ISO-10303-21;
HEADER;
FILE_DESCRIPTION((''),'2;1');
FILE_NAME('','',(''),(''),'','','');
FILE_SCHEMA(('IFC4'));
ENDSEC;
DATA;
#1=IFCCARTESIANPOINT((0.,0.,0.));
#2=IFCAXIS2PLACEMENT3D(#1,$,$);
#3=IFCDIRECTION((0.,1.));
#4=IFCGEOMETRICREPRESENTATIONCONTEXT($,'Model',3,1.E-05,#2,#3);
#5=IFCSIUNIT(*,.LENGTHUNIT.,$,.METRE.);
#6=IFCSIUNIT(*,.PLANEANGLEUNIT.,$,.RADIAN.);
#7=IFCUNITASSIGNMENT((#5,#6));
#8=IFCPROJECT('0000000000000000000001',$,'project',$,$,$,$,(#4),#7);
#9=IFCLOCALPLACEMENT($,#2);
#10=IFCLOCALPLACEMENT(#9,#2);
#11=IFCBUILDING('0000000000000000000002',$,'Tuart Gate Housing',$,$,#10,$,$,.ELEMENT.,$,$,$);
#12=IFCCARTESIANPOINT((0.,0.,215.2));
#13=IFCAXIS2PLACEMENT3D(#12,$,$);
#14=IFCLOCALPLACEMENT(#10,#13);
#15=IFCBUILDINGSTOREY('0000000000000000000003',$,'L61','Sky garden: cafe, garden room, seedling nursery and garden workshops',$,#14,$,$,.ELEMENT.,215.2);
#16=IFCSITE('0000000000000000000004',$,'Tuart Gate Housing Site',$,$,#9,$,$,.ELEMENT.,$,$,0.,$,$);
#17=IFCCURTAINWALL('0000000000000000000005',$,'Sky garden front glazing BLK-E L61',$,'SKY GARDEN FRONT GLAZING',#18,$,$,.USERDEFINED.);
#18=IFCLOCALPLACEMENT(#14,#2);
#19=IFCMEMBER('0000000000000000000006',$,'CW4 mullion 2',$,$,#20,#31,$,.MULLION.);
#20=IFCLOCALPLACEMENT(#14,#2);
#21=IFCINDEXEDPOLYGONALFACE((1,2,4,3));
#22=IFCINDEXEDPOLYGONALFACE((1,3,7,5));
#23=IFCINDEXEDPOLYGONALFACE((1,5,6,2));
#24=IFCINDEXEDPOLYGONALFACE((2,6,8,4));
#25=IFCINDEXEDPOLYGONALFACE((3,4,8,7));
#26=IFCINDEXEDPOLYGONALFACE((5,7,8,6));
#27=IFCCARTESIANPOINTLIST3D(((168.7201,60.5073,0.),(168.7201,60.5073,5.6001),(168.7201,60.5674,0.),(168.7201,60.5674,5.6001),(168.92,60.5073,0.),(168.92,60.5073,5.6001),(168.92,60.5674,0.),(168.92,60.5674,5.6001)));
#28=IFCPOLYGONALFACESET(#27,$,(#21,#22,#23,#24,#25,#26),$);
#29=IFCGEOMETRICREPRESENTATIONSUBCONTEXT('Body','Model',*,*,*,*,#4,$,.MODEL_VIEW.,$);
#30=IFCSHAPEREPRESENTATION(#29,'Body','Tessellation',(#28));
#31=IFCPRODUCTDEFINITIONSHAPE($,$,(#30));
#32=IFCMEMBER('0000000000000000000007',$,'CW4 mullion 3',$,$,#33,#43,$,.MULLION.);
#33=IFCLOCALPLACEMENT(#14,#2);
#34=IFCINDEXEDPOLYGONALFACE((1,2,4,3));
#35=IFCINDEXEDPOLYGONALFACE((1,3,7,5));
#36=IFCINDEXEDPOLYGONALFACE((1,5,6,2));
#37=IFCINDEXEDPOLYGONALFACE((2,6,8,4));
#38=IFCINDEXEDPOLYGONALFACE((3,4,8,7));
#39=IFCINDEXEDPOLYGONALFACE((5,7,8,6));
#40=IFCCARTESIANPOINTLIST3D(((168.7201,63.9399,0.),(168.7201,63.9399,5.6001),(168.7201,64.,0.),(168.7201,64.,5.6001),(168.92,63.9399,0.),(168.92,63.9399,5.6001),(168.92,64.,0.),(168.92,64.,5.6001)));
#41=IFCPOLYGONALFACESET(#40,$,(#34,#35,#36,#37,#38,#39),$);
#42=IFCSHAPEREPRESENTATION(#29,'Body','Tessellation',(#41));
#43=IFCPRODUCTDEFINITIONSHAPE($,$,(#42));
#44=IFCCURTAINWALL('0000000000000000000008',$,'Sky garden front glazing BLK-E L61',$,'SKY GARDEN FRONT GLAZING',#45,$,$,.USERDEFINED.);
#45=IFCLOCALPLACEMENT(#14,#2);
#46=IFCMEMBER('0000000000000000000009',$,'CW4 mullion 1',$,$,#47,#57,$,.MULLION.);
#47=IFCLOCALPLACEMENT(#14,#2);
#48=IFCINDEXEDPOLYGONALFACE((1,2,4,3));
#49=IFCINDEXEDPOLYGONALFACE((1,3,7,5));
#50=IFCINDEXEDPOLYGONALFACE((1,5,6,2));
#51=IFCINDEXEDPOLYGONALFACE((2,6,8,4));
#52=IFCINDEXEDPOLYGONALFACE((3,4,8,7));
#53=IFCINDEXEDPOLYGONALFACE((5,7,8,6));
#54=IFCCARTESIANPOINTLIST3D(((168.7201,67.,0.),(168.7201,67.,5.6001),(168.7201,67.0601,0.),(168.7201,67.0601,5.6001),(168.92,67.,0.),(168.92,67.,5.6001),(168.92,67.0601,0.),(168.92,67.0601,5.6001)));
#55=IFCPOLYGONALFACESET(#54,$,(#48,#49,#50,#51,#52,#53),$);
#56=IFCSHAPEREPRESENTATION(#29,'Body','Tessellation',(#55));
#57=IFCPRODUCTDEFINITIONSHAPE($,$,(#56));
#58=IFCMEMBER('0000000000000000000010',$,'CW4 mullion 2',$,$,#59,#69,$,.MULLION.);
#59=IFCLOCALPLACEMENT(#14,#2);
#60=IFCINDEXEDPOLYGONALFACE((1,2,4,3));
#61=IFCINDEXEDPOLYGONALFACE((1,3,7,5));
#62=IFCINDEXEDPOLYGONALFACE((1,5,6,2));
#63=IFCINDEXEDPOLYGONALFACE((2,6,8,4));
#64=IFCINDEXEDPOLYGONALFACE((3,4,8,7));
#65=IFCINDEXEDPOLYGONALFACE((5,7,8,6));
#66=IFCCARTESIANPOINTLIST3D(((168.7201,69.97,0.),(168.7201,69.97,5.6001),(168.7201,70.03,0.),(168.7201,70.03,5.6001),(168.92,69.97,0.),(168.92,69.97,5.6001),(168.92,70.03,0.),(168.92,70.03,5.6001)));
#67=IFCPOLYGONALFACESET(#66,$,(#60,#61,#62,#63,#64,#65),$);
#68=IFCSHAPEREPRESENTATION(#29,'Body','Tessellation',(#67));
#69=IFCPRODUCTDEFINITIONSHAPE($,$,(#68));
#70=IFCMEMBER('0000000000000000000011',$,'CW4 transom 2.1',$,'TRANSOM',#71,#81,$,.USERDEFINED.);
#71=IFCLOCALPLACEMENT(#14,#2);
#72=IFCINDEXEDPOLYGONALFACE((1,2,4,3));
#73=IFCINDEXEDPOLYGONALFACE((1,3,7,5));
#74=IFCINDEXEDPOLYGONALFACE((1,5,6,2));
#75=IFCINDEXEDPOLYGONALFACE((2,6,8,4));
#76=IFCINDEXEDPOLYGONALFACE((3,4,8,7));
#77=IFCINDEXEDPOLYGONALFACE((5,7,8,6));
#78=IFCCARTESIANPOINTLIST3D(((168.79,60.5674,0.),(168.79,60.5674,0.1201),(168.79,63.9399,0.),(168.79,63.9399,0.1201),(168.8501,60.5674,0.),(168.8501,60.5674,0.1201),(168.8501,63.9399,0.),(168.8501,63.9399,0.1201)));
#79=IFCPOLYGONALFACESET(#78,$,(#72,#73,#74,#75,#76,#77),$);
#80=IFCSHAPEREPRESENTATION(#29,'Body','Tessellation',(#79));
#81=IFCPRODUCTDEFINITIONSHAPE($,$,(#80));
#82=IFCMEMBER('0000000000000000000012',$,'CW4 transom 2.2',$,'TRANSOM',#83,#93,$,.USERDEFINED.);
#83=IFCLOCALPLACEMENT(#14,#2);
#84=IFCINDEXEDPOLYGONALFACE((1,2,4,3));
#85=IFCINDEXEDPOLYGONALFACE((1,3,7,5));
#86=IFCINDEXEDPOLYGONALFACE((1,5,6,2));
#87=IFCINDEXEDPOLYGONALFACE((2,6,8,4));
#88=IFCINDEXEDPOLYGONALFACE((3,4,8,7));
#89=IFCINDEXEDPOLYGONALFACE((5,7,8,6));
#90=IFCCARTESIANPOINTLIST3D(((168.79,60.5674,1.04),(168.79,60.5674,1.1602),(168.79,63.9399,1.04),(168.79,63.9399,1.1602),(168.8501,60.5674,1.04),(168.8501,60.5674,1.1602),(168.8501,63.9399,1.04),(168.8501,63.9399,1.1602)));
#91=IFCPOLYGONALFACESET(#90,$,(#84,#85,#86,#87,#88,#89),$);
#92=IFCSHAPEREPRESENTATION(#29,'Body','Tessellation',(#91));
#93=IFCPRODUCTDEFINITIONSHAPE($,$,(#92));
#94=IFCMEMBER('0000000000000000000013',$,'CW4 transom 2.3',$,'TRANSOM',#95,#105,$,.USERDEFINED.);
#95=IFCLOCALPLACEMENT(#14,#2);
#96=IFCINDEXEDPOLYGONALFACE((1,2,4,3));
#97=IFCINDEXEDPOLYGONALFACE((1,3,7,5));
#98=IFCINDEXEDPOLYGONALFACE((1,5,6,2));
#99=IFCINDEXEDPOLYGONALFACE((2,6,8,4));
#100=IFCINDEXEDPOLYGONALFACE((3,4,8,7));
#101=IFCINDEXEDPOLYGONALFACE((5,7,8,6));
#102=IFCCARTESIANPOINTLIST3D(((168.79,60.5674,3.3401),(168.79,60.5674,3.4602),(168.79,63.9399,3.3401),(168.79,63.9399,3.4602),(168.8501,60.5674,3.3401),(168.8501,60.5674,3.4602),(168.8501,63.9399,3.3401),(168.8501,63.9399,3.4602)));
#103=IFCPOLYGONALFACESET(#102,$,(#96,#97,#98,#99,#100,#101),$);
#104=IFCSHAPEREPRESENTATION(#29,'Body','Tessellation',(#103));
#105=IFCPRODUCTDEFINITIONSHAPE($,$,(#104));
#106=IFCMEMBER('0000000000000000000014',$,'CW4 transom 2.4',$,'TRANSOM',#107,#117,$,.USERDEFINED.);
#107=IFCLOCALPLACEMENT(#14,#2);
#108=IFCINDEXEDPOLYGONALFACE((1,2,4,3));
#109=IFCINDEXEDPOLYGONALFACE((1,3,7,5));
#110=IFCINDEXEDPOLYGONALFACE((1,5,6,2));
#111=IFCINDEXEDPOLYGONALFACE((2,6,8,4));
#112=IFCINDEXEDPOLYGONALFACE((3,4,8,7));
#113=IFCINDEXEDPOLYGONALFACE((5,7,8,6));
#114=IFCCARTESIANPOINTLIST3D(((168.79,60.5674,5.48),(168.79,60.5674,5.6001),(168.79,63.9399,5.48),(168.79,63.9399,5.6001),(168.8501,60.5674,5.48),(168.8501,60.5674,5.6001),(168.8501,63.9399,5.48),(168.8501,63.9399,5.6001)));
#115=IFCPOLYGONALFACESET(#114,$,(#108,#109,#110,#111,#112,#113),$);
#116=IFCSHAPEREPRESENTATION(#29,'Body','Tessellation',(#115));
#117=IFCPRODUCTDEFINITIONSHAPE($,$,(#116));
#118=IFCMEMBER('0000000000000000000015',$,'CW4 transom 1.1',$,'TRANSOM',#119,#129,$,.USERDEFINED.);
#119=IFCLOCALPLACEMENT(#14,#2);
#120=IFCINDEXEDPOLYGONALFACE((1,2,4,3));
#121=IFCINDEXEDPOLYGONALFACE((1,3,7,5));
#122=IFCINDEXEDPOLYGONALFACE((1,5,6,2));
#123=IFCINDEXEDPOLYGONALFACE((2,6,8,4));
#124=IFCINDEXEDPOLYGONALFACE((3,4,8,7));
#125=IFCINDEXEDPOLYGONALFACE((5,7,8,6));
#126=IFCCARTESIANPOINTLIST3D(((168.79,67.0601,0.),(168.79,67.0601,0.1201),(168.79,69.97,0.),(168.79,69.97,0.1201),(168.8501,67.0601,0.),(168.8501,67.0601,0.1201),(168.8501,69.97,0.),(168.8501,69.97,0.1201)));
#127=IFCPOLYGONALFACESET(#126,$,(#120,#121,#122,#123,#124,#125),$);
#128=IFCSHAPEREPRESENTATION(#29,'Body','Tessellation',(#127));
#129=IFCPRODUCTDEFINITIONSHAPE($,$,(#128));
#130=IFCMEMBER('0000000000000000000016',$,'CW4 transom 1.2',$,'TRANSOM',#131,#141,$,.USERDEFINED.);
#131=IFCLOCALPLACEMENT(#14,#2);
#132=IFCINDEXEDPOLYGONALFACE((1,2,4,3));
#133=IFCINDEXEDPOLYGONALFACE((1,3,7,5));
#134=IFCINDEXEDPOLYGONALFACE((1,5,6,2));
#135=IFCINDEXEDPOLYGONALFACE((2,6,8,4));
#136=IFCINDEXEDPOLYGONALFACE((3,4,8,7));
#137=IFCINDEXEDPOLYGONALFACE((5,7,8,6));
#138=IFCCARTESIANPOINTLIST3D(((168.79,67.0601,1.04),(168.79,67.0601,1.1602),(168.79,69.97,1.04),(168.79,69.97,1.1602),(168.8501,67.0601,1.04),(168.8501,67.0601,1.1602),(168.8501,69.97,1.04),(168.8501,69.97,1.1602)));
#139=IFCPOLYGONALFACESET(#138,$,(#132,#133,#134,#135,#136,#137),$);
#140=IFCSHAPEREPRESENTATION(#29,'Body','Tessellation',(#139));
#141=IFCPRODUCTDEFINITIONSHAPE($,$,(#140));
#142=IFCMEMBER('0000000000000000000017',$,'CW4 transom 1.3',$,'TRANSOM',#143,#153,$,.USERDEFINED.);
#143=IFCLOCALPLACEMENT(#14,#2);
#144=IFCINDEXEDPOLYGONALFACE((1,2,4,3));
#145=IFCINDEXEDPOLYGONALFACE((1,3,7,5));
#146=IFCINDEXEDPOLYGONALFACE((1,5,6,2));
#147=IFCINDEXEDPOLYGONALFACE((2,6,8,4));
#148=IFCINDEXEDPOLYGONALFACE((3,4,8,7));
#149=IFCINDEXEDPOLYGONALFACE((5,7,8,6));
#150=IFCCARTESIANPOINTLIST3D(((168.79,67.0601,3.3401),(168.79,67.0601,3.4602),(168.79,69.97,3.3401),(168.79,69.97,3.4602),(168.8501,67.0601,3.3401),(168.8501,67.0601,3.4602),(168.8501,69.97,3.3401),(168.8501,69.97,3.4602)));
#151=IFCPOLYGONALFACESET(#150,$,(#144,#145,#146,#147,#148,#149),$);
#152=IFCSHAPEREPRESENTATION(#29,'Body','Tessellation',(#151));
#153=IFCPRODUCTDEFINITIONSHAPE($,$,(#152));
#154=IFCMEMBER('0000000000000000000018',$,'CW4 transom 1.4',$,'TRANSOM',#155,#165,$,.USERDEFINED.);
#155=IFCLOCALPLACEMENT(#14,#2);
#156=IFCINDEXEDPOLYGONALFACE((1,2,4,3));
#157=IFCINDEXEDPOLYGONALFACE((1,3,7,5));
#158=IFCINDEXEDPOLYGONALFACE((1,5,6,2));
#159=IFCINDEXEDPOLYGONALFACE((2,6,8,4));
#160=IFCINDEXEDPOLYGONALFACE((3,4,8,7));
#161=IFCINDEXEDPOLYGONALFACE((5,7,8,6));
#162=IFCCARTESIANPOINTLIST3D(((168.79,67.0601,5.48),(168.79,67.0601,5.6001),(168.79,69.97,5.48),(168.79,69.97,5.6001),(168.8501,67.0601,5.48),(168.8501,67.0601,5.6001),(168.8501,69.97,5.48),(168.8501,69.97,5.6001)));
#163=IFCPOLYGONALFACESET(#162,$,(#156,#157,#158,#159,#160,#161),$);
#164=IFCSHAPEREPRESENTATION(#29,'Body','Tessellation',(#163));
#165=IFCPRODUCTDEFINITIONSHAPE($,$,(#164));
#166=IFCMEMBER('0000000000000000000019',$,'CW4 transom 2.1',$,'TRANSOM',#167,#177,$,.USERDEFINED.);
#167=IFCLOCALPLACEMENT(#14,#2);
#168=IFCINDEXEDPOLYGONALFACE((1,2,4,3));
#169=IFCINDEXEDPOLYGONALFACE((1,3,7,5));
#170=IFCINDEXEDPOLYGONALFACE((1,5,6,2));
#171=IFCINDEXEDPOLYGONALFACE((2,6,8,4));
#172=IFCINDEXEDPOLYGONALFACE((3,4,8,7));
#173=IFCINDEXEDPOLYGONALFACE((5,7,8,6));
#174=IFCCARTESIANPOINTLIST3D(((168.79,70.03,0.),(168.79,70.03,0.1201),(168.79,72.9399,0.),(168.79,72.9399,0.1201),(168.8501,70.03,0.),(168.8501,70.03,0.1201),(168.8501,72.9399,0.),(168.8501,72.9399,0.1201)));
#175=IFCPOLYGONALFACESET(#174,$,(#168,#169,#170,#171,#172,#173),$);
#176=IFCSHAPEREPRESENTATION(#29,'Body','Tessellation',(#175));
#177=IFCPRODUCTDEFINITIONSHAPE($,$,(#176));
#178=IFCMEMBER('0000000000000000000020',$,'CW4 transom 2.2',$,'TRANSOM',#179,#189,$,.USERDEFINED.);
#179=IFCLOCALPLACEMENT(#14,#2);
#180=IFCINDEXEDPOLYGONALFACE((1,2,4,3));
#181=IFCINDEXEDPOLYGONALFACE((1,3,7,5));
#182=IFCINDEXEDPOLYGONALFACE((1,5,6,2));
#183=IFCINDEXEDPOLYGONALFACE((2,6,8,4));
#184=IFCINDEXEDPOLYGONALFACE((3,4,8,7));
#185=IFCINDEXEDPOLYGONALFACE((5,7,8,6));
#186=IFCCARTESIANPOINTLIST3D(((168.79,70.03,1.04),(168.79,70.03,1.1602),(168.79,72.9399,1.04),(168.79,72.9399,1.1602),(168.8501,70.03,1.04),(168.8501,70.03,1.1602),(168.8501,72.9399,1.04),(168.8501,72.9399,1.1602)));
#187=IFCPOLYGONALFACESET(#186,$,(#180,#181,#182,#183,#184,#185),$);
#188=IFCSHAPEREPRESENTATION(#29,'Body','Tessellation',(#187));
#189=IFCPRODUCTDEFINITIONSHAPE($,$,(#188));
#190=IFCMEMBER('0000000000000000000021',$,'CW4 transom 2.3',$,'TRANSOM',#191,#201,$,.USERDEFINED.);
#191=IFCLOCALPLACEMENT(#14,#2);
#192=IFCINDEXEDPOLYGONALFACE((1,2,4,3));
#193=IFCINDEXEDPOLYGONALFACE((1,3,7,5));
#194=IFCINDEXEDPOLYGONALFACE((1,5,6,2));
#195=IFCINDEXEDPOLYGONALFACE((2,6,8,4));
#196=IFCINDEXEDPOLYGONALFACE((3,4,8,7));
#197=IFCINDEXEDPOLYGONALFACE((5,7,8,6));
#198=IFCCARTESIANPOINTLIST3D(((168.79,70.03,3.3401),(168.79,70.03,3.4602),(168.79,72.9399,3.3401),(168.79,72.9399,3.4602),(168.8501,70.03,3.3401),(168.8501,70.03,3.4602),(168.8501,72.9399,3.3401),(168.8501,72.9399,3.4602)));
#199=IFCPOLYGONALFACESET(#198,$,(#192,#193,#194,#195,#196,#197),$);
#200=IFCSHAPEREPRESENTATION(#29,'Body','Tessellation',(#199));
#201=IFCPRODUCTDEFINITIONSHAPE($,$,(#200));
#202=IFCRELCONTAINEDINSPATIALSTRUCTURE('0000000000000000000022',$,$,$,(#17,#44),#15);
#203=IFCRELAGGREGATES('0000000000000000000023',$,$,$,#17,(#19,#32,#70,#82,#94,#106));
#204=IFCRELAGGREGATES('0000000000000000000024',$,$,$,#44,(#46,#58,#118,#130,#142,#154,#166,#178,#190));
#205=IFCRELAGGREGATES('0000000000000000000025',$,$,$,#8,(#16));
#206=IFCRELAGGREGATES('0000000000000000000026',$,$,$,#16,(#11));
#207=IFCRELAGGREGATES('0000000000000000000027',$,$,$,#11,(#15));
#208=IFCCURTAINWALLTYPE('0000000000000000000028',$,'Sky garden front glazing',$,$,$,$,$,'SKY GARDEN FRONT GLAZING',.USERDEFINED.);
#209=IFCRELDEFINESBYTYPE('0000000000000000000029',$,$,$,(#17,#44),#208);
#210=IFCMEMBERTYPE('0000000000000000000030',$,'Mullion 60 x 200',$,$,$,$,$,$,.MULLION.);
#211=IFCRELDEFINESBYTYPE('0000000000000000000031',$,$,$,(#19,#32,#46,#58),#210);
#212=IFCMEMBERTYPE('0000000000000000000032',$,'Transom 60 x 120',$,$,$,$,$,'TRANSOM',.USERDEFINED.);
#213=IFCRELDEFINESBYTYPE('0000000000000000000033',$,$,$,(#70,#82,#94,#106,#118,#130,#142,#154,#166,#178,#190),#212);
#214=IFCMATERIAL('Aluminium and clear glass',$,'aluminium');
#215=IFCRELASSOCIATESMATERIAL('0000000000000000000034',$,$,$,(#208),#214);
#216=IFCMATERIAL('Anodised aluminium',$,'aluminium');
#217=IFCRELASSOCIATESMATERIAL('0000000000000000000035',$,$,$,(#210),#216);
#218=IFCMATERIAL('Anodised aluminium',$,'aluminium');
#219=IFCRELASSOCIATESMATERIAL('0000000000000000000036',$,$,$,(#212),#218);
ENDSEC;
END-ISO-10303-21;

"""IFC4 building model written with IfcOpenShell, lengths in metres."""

from ifc_helpers import new_model, si_unit, direction, frame, origin, origin_2d, place, context, subcontext, project, spatial, rectangle, extrude, material, material_profile, profile_set, type_object, element, aggregate, save


model = new_model("IFC4")

# Units and contexts
model_context = context("Model", 3, precision=1e-05, world=origin(), true_north=direction((0.0, 1.0)))
body_context = subcontext(model_context, "Body", "Model", "MODEL_VIEW")
ifc_project = project(units=[si_unit("LENGTHUNIT", "METRE"), si_unit("PLANEANGLEUNIT", "RADIAN")], contexts=[model_context])

# Site, building, storey
site_placement = place(None, origin())
site = spatial("IfcSite", under=ifc_project, at=site_placement, Name="Tuart Gate Housing Site", CompositionType="ELEMENT", RefElevation=0.0)
building_placement = place(site_placement, origin())
building = spatial("IfcBuilding", under=site, at=building_placement, Name="Tuart Gate Housing", CompositionType="ELEMENT")
storey_placement = place(building_placement, frame((0.0, 0.0, 215.2)))
storey = spatial("IfcBuildingStorey", under=building, at=storey_placement, Name="L61", Description="Sky garden: cafe, garden room, seedling nursery and garden workshops", CompositionType="ELEMENT", Elevation=215.2)

# Curtain walls, members
ifc_material_1 = material(Name="Aluminium and clear glass", Category="aluminium")
curtain_wall_type = type_object("IfcCurtainWallType", Name="Sky garden front glazing", ElementType="SKY GARDEN FRONT GLAZING", PredefinedType="USERDEFINED", material=ifc_material_1)
curtain_wall_1_placement = place(storey_placement, origin())
curtain_wall_1 = element("IfcCurtainWall", 1, at=curtain_wall_1_placement, inside=storey, type_object=curtain_wall_type, Name="Sky garden front glazing BLK-E L61", ObjectType="SKY GARDEN FRONT GLAZING", PredefinedType="USERDEFINED")
ifc_material_2 = material(Name="Anodised aluminium", Category="aluminium")
ifc_material_profile_1 = material_profile(ifc_material_2, rectangle(XDim=0.0601, YDim=0.2, at=origin_2d()), Name="60x200")
ifc_profile_set_1 = profile_set([ifc_material_profile_1], Name="Anodised aluminium")
member_type_1 = type_object("IfcMemberType", Name="Mullion 60 x 200", PredefinedType="MULLION", material=ifc_profile_set_1)
member_1_placement = place(storey_placement, frame((168.8201, 60.5374, 0.0), z_axis=(0.0, 0.0, 1.0), x_axis=(0.0, 1.0, 0.0)))
member_1 = element("IfcMember", 2, at=member_1_placement, type_object=member_type_1, Name="CW4 mullion 2", PredefinedType="MULLION", context=body_context, shape_type="SweptSolid", body=[
    extrude(rectangle(XDim=0.0601, YDim=0.2, at=origin_2d()), origin(), (0.0, 0.0, 1.0), 5.6001),
])
member_2_placement = place(storey_placement, frame((168.8201, 63.97, 0.0), z_axis=(0.0, 0.0, 1.0), x_axis=(0.0, 1.0, 0.0)))
member_2 = element("IfcMember", 3, at=member_2_placement, type_object=member_type_1, Name="CW4 mullion 3", PredefinedType="MULLION", context=body_context, shape_type="SweptSolid", body=[
    extrude(rectangle(XDim=0.0601, YDim=0.2, at=origin_2d()), origin(), (0.0, 0.0, 1.0), 5.6001),
])
curtain_wall_2_placement = place(storey_placement, origin())
curtain_wall_2 = element("IfcCurtainWall", 4, at=curtain_wall_2_placement, inside=storey, type_object=curtain_wall_type, Name="Sky garden front glazing BLK-E L61", ObjectType="SKY GARDEN FRONT GLAZING", PredefinedType="USERDEFINED")
member_3_placement = place(storey_placement, frame((168.8201, 67.03, 0.0), z_axis=(0.0, 0.0, 1.0), x_axis=(0.0, 1.0, 0.0)))
member_3 = element("IfcMember", 5, at=member_3_placement, type_object=member_type_1, Name="CW4 mullion 1", PredefinedType="MULLION", context=body_context, shape_type="SweptSolid", body=[
    extrude(rectangle(XDim=0.0601, YDim=0.2, at=origin_2d()), origin(), (0.0, 0.0, 1.0), 5.6001),
])
member_4_placement = place(storey_placement, frame((168.8201, 70.0, 0.0), z_axis=(0.0, 0.0, 1.0), x_axis=(0.0, 1.0, 0.0)))
member_4 = element("IfcMember", 6, at=member_4_placement, type_object=member_type_1, Name="CW4 mullion 2", PredefinedType="MULLION", context=body_context, shape_type="SweptSolid", body=[
    extrude(rectangle(XDim=0.0601, YDim=0.2, at=origin_2d()), origin(), (0.0, 0.0, 1.0), 5.6001),
])

# Members
ifc_material_3 = material(Name="Anodised aluminium", Category="aluminium")
ifc_material_profile_2 = material_profile(ifc_material_3, rectangle(XDim=0.0601, YDim=0.1201, at=origin_2d()), Name="60x120")
ifc_profile_set_2 = profile_set([ifc_material_profile_2], Name="Anodised aluminium")
member_type_2 = type_object("IfcMemberType", Name="Transom 60 x 120", ElementType="TRANSOM", PredefinedType="USERDEFINED", material=ifc_profile_set_2)
member_5_placement = place(storey_placement, frame((168.8201, 60.5674, 0.0601), z_axis=(0.0, 1.0, 0.0), x_axis=(-1.0, 0.0, 0.0)))
member_5 = element("IfcMember", 7, at=member_5_placement, type_object=member_type_2, Name="CW4 transom 2.1", ObjectType="TRANSOM", PredefinedType="USERDEFINED", context=body_context, shape_type="SweptSolid", body=[
    extrude(rectangle(XDim=0.0601, YDim=0.1201, at=origin_2d()), origin(), (0.0, 0.0, 1.0), 3.3726),
])
member_6_placement = place(storey_placement, frame((168.8201, 60.5674, 1.1001), z_axis=(0.0, 1.0, 0.0), x_axis=(-1.0, 0.0, 0.0)))
member_6 = element("IfcMember", 8, at=member_6_placement, type_object=member_type_2, Name="CW4 transom 2.2", ObjectType="TRANSOM", PredefinedType="USERDEFINED", context=body_context, shape_type="SweptSolid", body=[
    extrude(rectangle(XDim=0.0601, YDim=0.1201, at=origin_2d()), origin(), (0.0, 0.0, 1.0), 3.3726),
])
member_7_placement = place(storey_placement, frame((168.8201, 60.5674, 3.4001), z_axis=(0.0, 1.0, 0.0), x_axis=(-1.0, 0.0, 0.0)))
member_7 = element("IfcMember", 9, at=member_7_placement, type_object=member_type_2, Name="CW4 transom 2.3", ObjectType="TRANSOM", PredefinedType="USERDEFINED", context=body_context, shape_type="SweptSolid", body=[
    extrude(rectangle(XDim=0.0601, YDim=0.1201, at=origin_2d()), origin(), (0.0, 0.0, 1.0), 3.3726),
])
member_8_placement = place(storey_placement, frame((168.8201, 60.5674, 5.54), z_axis=(0.0, 1.0, 0.0), x_axis=(-1.0, 0.0, 0.0)))
member_8 = element("IfcMember", 10, at=member_8_placement, type_object=member_type_2, Name="CW4 transom 2.4", ObjectType="TRANSOM", PredefinedType="USERDEFINED", context=body_context, shape_type="SweptSolid", body=[
    extrude(rectangle(XDim=0.0601, YDim=0.1201, at=origin_2d()), origin(), (0.0, 0.0, 1.0), 3.3726),
])
member_9_placement = place(storey_placement, frame((168.8201, 67.0601, 0.0601), z_axis=(0.0, 1.0, 0.0), x_axis=(-1.0, 0.0, 0.0)))
member_9 = element("IfcMember", 11, at=member_9_placement, type_object=member_type_2, Name="CW4 transom 1.1", ObjectType="TRANSOM", PredefinedType="USERDEFINED", context=body_context, shape_type="SweptSolid", body=[
    extrude(rectangle(XDim=0.0601, YDim=0.1201, at=origin_2d()), origin(), (0.0, 0.0, 1.0), 2.9099),
])
member_10_placement = place(storey_placement, frame((168.8201, 67.0601, 1.1001), z_axis=(0.0, 1.0, 0.0), x_axis=(-1.0, 0.0, 0.0)))
member_10 = element("IfcMember", 12, at=member_10_placement, type_object=member_type_2, Name="CW4 transom 1.2", ObjectType="TRANSOM", PredefinedType="USERDEFINED", context=body_context, shape_type="SweptSolid", body=[
    extrude(rectangle(XDim=0.0601, YDim=0.1201, at=origin_2d()), origin(), (0.0, 0.0, 1.0), 2.9099),
])
member_11_placement = place(storey_placement, frame((168.8201, 67.0601, 3.4001), z_axis=(0.0, 1.0, 0.0), x_axis=(-1.0, 0.0, 0.0)))
member_11 = element("IfcMember", 13, at=member_11_placement, type_object=member_type_2, Name="CW4 transom 1.3", ObjectType="TRANSOM", PredefinedType="USERDEFINED", context=body_context, shape_type="SweptSolid", body=[
    extrude(rectangle(XDim=0.0601, YDim=0.1201, at=origin_2d()), origin(), (0.0, 0.0, 1.0), 2.9099),
])
member_12_placement = place(storey_placement, frame((168.8201, 67.0601, 5.54), z_axis=(0.0, 1.0, 0.0), x_axis=(-1.0, 0.0, 0.0)))
member_12 = element("IfcMember", 14, at=member_12_placement, type_object=member_type_2, Name="CW4 transom 1.4", ObjectType="TRANSOM", PredefinedType="USERDEFINED", context=body_context, shape_type="SweptSolid", body=[
    extrude(rectangle(XDim=0.0601, YDim=0.1201, at=origin_2d()), origin(), (0.0, 0.0, 1.0), 2.9099),
])
member_13_placement = place(storey_placement, frame((168.8201, 70.03, 0.0601), z_axis=(0.0, 1.0, 0.0), x_axis=(-1.0, 0.0, 0.0)))
member_13 = element("IfcMember", 15, at=member_13_placement, type_object=member_type_2, Name="CW4 transom 2.1", ObjectType="TRANSOM", PredefinedType="USERDEFINED", context=body_context, shape_type="SweptSolid", body=[
    extrude(rectangle(XDim=0.0601, YDim=0.1201, at=origin_2d()), origin(), (0.0, 0.0, 1.0), 2.9099),
])
member_14_placement = place(storey_placement, frame((168.8201, 70.03, 1.1001), z_axis=(0.0, 1.0, 0.0), x_axis=(-1.0, 0.0, 0.0)))
member_14 = element("IfcMember", 16, at=member_14_placement, type_object=member_type_2, Name="CW4 transom 2.2", ObjectType="TRANSOM", PredefinedType="USERDEFINED", context=body_context, shape_type="SweptSolid", body=[
    extrude(rectangle(XDim=0.0601, YDim=0.1201, at=origin_2d()), origin(), (0.0, 0.0, 1.0), 2.9099),
])
member_15_placement = place(storey_placement, frame((168.8201, 70.03, 3.4001), z_axis=(0.0, 1.0, 0.0), x_axis=(-1.0, 0.0, 0.0)))
member_15 = element("IfcMember", 17, at=member_15_placement, type_object=member_type_2, Name="CW4 transom 2.3", ObjectType="TRANSOM", PredefinedType="USERDEFINED", context=body_context, shape_type="SweptSolid", body=[
    extrude(rectangle(XDim=0.0601, YDim=0.1201, at=origin_2d()), origin(), (0.0, 0.0, 1.0), 2.9099),
])

aggregate(curtain_wall_1, [member_1, member_2, member_5, member_6, member_7, member_8])
aggregate(curtain_wall_2, [member_3, member_4, member_9, member_10, member_11, member_12, member_13, member_14, member_15])

save(model, "model.ifc")
